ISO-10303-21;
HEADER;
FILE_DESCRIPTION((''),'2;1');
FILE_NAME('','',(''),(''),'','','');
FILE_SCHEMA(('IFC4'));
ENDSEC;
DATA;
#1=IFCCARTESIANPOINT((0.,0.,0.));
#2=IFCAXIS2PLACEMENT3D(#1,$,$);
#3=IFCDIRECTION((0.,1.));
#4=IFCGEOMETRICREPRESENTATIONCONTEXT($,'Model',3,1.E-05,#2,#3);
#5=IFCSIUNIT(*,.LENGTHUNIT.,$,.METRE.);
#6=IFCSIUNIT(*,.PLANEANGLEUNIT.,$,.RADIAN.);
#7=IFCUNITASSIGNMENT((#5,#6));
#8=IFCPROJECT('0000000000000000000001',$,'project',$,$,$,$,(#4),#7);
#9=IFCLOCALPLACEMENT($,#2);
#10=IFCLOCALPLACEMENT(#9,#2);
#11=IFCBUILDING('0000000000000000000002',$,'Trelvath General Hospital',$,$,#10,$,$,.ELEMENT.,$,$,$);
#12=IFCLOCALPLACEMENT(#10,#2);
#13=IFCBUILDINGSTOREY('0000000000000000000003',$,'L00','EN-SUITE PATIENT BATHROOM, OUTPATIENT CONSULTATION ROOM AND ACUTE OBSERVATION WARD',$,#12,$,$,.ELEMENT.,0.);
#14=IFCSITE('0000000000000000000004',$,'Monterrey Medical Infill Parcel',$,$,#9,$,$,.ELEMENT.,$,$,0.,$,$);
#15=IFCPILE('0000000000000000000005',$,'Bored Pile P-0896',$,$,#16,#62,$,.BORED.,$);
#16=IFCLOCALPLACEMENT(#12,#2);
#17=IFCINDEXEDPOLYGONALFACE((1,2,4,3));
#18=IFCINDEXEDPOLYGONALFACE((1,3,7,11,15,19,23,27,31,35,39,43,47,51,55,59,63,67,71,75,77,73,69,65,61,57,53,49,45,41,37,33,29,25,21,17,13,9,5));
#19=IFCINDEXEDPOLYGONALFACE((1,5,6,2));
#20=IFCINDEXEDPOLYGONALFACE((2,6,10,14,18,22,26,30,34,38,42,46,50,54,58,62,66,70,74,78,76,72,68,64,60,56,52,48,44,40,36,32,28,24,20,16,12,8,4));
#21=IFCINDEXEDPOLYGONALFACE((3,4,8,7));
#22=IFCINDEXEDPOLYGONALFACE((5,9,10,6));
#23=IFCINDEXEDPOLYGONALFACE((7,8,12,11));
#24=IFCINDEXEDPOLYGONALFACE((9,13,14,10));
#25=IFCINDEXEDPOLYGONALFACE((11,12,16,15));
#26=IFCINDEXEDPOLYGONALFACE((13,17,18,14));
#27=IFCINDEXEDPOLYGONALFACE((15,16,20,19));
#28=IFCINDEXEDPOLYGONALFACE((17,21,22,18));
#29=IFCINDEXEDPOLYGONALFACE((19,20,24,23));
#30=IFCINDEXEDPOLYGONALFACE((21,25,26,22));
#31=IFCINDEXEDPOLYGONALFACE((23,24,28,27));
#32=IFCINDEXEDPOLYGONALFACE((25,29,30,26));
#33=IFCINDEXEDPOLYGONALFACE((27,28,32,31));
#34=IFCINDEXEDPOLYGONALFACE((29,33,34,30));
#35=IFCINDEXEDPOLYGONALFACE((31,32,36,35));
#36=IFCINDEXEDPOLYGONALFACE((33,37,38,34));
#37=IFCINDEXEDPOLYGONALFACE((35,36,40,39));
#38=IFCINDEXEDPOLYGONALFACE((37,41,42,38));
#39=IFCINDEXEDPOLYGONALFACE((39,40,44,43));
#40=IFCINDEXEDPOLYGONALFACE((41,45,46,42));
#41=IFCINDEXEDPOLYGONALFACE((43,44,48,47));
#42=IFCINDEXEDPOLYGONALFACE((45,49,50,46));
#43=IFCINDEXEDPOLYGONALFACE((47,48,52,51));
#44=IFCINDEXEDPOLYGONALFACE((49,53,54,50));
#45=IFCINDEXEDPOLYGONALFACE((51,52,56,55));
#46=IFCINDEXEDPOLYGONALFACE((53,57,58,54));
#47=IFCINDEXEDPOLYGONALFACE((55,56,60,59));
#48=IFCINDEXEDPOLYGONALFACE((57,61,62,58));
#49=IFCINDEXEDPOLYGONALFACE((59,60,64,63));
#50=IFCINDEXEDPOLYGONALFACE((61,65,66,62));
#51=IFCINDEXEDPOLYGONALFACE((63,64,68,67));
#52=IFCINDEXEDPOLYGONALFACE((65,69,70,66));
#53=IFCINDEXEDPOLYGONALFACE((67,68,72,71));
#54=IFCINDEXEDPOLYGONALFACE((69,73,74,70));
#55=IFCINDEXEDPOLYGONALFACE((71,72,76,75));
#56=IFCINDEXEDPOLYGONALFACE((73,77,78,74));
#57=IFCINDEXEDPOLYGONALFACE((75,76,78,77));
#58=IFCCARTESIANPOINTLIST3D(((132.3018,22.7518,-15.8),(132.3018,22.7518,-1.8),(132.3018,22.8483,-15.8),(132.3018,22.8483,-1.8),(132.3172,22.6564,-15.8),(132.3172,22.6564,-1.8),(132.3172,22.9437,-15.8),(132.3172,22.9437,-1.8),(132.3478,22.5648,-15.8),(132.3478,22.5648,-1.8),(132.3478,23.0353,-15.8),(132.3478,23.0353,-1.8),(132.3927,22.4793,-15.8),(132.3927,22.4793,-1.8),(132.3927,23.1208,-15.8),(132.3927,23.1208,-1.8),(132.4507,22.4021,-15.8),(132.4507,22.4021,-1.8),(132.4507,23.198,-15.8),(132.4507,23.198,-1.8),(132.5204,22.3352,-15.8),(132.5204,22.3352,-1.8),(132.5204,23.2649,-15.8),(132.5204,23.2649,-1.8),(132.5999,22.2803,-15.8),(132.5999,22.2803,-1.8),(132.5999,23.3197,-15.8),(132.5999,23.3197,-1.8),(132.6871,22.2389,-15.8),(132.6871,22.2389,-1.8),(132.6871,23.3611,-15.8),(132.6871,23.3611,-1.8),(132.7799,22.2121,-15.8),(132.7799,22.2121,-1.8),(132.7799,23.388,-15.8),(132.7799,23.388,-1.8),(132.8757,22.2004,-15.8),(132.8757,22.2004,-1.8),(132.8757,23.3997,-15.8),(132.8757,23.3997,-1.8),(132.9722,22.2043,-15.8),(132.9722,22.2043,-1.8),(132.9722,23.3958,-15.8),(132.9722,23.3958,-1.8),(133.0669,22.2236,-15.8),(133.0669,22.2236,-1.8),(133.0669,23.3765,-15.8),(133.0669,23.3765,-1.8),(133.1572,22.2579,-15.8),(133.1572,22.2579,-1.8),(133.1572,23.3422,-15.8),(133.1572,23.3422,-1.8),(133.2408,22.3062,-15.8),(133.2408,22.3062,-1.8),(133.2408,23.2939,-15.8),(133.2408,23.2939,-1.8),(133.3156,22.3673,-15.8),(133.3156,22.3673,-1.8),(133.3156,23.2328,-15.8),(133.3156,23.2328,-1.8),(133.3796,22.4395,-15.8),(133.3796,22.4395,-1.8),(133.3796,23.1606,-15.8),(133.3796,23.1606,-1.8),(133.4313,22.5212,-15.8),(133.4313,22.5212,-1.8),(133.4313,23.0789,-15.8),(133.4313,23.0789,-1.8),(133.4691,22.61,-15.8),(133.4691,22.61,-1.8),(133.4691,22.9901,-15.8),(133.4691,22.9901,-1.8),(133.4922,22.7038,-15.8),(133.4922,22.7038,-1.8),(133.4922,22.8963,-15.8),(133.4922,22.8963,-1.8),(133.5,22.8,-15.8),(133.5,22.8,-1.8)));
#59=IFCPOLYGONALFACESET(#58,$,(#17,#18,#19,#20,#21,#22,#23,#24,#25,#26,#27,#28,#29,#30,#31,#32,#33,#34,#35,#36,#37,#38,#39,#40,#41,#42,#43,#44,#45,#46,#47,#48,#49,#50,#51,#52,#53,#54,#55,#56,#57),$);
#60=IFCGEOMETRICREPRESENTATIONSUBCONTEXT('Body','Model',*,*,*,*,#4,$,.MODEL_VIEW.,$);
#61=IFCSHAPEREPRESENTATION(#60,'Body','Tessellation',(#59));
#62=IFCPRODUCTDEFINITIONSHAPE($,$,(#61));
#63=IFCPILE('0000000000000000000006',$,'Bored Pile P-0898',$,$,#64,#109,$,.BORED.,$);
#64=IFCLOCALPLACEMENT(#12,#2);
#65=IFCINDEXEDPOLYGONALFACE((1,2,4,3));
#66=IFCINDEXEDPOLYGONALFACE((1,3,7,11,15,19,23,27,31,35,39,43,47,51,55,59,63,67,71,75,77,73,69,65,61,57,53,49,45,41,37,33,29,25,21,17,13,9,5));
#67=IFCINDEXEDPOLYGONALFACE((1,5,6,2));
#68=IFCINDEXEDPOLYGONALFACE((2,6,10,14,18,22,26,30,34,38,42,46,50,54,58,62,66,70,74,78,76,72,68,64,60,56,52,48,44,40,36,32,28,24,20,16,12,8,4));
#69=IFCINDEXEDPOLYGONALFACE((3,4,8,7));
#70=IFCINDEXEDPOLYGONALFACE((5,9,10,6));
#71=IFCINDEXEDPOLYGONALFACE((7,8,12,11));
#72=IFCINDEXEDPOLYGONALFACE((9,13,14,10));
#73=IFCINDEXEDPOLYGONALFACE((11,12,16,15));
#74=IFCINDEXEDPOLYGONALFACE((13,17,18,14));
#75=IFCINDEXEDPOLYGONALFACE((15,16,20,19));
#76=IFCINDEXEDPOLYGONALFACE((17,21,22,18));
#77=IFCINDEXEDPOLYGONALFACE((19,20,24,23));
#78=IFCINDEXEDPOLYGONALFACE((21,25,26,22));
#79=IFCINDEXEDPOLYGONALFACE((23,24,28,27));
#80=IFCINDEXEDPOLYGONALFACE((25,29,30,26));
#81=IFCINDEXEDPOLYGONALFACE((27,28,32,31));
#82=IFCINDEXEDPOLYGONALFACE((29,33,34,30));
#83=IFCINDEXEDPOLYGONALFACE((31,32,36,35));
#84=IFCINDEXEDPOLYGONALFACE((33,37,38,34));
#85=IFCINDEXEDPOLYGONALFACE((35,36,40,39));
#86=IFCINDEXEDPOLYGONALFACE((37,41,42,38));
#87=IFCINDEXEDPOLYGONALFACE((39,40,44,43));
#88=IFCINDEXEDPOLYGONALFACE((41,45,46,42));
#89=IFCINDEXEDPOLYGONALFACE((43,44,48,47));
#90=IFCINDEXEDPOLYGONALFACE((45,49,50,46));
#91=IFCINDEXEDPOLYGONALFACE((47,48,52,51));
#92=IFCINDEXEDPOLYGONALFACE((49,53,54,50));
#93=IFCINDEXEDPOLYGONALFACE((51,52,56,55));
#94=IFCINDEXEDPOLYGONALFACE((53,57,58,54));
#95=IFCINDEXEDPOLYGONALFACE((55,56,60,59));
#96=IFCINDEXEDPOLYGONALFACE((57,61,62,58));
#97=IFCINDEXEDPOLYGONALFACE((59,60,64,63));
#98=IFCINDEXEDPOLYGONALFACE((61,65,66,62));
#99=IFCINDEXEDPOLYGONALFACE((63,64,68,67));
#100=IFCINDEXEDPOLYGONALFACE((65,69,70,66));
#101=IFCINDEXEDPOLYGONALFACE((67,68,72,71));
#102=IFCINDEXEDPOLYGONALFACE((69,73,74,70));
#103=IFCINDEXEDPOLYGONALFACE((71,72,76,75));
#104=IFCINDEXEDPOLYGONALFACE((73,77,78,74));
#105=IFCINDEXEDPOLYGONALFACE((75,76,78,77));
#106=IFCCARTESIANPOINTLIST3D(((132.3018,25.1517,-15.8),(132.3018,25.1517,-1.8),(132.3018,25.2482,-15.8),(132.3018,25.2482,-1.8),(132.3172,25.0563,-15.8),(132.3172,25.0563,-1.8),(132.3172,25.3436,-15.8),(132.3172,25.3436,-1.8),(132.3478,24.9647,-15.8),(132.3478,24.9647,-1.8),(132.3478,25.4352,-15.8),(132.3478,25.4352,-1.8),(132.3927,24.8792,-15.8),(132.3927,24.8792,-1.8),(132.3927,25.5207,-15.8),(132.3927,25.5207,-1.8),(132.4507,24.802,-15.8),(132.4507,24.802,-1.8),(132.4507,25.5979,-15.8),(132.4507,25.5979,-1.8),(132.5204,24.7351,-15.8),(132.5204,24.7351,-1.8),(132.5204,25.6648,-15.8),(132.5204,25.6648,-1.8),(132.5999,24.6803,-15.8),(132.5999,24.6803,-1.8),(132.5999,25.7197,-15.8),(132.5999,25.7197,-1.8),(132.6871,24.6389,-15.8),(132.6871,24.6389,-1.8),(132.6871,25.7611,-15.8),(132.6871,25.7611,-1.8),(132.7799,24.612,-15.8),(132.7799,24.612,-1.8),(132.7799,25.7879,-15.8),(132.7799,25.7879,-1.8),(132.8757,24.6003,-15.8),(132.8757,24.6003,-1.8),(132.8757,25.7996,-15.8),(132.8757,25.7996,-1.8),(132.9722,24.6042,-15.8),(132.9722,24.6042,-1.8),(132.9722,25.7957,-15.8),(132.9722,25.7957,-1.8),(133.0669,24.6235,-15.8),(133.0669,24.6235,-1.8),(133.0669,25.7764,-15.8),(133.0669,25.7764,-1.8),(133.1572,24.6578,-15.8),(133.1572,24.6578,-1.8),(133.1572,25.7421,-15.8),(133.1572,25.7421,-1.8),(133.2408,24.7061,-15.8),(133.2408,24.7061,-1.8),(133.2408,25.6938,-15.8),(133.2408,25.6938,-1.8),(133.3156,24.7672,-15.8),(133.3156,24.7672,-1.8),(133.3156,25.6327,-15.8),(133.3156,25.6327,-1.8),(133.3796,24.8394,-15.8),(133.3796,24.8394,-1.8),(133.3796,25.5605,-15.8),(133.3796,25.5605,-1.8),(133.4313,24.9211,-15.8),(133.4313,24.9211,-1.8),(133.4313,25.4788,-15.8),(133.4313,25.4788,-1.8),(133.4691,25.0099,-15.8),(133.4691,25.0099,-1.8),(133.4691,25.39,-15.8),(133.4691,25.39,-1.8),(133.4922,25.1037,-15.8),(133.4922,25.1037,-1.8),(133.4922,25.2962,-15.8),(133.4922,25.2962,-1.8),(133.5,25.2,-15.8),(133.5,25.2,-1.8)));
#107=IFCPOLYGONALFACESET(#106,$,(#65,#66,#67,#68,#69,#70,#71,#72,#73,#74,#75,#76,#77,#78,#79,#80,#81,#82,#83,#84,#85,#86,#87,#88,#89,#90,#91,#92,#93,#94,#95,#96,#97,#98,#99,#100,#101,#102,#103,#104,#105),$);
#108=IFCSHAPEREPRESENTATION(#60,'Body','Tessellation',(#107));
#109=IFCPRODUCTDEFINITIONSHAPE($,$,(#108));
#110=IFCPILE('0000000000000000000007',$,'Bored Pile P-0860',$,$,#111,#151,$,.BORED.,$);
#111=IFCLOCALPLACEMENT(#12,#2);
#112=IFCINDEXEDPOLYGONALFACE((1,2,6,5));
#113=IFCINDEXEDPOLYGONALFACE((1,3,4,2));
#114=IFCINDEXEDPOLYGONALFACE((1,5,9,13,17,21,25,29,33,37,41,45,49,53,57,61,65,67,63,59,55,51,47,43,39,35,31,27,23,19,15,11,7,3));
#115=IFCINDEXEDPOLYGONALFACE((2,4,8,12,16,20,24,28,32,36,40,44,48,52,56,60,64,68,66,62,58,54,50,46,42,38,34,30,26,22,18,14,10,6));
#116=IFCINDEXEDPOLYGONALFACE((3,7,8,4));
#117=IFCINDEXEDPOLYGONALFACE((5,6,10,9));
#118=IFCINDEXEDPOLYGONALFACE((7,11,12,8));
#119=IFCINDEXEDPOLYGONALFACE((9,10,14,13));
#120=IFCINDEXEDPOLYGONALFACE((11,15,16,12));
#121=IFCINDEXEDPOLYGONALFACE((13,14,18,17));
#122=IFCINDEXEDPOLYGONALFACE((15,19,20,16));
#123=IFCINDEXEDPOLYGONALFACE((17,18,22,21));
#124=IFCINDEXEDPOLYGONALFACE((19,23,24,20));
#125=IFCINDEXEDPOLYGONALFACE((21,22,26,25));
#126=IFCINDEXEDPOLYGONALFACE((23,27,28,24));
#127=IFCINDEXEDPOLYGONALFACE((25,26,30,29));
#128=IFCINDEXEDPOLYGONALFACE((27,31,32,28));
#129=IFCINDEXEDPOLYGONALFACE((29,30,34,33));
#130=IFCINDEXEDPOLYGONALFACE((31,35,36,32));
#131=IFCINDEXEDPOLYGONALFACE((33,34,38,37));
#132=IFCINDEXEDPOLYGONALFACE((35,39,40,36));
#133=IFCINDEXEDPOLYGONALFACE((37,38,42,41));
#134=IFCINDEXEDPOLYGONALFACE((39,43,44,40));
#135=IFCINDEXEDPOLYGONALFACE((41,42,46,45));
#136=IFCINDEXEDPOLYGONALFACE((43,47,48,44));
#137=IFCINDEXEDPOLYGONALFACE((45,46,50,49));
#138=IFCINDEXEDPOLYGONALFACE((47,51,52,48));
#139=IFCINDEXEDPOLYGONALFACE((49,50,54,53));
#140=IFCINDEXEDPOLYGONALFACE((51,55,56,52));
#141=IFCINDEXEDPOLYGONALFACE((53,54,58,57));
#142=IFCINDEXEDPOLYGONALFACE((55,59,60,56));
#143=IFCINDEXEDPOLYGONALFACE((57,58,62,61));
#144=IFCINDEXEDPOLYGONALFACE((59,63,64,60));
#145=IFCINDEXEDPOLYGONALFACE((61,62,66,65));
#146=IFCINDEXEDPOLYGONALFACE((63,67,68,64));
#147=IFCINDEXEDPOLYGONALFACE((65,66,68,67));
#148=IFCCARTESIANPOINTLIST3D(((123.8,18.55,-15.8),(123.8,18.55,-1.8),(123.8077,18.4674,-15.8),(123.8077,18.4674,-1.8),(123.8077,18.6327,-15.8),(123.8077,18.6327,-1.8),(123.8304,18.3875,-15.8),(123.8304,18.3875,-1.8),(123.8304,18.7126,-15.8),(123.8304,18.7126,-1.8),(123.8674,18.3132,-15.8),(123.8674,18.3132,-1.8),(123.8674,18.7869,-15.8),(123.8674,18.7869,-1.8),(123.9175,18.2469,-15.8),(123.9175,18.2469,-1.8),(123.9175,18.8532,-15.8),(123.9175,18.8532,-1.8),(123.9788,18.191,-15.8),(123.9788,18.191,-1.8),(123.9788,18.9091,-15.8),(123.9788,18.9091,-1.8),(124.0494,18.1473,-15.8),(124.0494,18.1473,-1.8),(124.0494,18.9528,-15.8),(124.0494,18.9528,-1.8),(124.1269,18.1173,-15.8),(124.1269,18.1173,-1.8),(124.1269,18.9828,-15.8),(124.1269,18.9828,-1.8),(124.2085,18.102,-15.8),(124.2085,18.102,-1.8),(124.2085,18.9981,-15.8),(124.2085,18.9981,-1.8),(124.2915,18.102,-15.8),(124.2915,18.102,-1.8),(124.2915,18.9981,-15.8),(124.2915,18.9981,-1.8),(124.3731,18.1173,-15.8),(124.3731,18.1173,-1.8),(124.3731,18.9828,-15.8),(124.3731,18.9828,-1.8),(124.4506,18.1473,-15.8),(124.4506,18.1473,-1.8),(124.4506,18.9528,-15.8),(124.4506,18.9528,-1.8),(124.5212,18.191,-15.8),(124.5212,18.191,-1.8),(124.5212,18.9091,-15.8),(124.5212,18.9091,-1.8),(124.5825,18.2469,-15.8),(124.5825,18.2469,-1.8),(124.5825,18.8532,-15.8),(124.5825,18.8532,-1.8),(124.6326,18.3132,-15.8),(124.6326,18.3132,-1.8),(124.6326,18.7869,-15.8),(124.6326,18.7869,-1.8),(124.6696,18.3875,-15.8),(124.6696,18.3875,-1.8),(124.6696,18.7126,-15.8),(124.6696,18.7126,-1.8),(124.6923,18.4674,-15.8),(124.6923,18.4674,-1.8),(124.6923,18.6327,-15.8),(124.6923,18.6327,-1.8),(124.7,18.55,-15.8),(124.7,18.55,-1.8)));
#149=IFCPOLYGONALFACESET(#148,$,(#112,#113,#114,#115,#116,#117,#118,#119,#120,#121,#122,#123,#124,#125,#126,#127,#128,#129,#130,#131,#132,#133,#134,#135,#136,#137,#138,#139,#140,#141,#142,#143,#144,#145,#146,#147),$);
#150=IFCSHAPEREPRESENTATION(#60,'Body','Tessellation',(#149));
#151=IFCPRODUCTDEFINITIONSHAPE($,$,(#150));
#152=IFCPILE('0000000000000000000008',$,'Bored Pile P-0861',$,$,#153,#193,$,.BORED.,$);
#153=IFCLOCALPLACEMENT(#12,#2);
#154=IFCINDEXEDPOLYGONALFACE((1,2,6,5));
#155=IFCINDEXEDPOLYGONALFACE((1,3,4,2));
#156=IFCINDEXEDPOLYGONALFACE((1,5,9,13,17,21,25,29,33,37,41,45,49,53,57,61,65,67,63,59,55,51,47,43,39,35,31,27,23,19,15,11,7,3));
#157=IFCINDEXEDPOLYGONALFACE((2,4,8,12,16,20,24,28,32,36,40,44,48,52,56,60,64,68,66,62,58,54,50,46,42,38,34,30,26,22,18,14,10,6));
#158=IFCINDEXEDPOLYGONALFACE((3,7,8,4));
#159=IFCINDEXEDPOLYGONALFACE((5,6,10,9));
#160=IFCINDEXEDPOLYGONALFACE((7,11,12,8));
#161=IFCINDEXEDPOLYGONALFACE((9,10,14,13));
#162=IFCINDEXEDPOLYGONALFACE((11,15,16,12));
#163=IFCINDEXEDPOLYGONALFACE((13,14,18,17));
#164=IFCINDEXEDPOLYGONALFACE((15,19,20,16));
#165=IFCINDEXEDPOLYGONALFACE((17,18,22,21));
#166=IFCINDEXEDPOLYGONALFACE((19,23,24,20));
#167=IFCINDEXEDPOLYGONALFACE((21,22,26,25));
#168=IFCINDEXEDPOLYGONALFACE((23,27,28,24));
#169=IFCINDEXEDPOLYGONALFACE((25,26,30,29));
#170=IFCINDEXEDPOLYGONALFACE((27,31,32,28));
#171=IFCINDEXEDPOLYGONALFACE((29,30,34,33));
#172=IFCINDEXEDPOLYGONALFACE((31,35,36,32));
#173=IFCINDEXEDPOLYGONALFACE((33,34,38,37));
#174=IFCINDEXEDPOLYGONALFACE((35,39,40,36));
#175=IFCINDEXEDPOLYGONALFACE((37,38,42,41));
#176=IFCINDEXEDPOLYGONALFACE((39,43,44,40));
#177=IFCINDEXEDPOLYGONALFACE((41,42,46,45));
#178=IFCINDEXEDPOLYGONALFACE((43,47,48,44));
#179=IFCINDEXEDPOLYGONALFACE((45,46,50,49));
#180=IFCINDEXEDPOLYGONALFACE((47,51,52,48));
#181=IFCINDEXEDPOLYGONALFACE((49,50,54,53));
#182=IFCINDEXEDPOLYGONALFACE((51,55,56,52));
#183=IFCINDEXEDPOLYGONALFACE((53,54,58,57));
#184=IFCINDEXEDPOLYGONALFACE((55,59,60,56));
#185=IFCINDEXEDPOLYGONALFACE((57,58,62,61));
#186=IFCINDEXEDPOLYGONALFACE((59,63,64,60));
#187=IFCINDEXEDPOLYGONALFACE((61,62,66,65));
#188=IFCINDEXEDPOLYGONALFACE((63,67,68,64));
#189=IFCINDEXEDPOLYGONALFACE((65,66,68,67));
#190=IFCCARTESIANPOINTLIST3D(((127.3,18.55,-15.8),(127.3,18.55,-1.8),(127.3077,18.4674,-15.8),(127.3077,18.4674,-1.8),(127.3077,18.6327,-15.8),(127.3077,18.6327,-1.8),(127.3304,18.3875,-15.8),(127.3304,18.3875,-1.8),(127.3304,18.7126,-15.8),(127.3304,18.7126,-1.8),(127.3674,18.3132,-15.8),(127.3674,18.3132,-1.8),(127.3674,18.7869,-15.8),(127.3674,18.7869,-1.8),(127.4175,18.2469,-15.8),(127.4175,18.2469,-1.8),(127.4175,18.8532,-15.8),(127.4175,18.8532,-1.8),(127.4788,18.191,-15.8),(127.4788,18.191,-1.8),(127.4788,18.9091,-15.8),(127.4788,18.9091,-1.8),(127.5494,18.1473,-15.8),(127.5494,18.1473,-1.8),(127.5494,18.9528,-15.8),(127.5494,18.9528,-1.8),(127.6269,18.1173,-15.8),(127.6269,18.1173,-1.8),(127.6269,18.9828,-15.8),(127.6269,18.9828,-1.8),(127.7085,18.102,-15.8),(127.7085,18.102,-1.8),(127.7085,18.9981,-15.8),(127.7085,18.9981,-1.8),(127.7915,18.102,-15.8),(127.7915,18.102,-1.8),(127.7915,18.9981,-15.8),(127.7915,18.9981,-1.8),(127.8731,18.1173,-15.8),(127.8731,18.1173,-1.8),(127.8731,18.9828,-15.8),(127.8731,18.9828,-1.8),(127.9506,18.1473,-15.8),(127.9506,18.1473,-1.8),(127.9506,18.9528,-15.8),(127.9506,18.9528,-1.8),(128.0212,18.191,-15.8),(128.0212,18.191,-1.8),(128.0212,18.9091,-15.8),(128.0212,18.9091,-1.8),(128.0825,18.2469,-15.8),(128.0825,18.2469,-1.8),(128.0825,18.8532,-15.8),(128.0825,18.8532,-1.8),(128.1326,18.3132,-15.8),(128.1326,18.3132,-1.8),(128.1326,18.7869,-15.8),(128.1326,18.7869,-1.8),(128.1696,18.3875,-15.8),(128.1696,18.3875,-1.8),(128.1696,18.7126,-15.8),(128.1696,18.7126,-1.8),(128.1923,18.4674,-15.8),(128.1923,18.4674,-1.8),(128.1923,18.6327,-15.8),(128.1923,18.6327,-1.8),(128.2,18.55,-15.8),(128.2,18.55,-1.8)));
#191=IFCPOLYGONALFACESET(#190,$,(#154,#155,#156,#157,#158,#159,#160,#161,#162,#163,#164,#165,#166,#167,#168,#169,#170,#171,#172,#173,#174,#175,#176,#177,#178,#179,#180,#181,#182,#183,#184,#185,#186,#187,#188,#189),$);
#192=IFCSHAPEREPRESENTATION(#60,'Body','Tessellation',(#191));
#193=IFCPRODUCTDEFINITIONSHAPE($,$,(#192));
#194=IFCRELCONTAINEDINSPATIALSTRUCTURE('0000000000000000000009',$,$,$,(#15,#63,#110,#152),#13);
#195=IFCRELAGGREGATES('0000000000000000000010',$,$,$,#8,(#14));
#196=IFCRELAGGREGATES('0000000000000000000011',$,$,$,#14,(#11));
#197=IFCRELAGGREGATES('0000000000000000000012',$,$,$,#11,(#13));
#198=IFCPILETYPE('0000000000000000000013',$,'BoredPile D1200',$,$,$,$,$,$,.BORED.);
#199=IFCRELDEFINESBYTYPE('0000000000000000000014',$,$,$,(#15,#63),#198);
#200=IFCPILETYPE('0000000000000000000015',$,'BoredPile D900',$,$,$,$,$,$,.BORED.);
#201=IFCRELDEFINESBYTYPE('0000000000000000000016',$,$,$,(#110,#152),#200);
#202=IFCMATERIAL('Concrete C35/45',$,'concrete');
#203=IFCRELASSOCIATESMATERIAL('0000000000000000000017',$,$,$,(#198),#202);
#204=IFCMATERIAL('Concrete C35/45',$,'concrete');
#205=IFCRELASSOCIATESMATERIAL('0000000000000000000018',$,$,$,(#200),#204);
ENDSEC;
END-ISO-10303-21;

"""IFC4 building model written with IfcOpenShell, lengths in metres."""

from ifc_helpers import new_model, si_unit, direction, frame, origin, origin_2d, place, context, subcontext, project, spatial, circle, extrude, material, material_profile, profile_set, type_object, element, save


model = new_model("IFC4")

# Units and contexts
model_context = context("Model", 3, precision=1e-05, world=origin(), true_north=direction((0.0, 1.0)))
body_context = subcontext(model_context, "Body", "Model", "MODEL_VIEW")
ifc_project = project(units=[si_unit("LENGTHUNIT", "METRE"), si_unit("PLANEANGLEUNIT", "RADIAN")], contexts=[model_context])

# Site, building, storey
site_placement = place(None, origin())
site = spatial("IfcSite", under=ifc_project, at=site_placement, Name="Monterrey Medical Infill Parcel", CompositionType="ELEMENT", RefElevation=0.0)
building_placement = place(site_placement, origin())
building = spatial("IfcBuilding", under=site, at=building_placement, Name="Trelvath General Hospital", CompositionType="ELEMENT")
storey_placement = place(building_placement, origin())
storey = spatial("IfcBuildingStorey", under=building, at=storey_placement, Name="L00", Description="EN-SUITE PATIENT BATHROOM, OUTPATIENT CONSULTATION ROOM AND ACUTE OBSERVATION WARD", CompositionType="ELEMENT", Elevation=0.0)

# Piles
ifc_material_1 = material(Name="Concrete C35/45", Category="concrete")
ifc_material_profile_1 = material_profile(ifc_material_1, circle(Radius=0.6001, at=origin_2d()), Name="PILE1200")
ifc_profile_set_1 = profile_set([ifc_material_profile_1], Name="Concrete C35/45")
pile_type_1 = type_object("IfcPileType", Name="BoredPile D1200", PredefinedType="BORED", material=ifc_profile_set_1)
for number, where, z_axis, x_axis, name in (
    (1, (132.8999, 22.8, -1.8), (0.0, 0.0, -1.0), (1.0, 0.0, 0.0), "Bored Pile P-0896"),
    (2, (132.8999, 25.2, -1.8), (0.0, 0.0, -1.0), (1.0, 0.0, 0.0), "Bored Pile P-0898"),
):
    element("IfcPile", number, at=place(storey_placement, frame(where, z_axis=z_axis, x_axis=x_axis)), inside=storey, type_object=pile_type_1, Name=name, PredefinedType="BORED", context=body_context, shape_type="SweptSolid", body=[
        extrude(circle(Radius=0.6001, at=origin_2d()), origin(), (0.0, 0.0, 1.0), 14.0),
    ])
ifc_material_2 = material(Name="Concrete C35/45", Category="concrete")
ifc_material_profile_2 = material_profile(ifc_material_2, circle(Radius=0.45, at=origin_2d()), Name="PILE900")
ifc_profile_set_2 = profile_set([ifc_material_profile_2], Name="Concrete C35/45")
pile_type_2 = type_object("IfcPileType", Name="BoredPile D900", PredefinedType="BORED", material=ifc_profile_set_2)
for number, where, z_axis, x_axis, name in (
    (3, (124.25, 18.55, -1.8), (0.0, 0.0, -1.0), (1.0, 0.0, 0.0), "Bored Pile P-0860"),
    (4, (127.75, 18.55, -1.8), (0.0, 0.0, -1.0), (1.0, 0.0, 0.0), "Bored Pile P-0861"),
):
    element("IfcPile", number, at=place(storey_placement, frame(where, z_axis=z_axis, x_axis=x_axis)), inside=storey, type_object=pile_type_2, Name=name, PredefinedType="BORED", context=body_context, shape_type="SweptSolid", body=[
        extrude(circle(Radius=0.45, at=origin_2d()), origin(), (0.0, 0.0, 1.0), 14.0),
    ])

save(model, "model.ifc")
